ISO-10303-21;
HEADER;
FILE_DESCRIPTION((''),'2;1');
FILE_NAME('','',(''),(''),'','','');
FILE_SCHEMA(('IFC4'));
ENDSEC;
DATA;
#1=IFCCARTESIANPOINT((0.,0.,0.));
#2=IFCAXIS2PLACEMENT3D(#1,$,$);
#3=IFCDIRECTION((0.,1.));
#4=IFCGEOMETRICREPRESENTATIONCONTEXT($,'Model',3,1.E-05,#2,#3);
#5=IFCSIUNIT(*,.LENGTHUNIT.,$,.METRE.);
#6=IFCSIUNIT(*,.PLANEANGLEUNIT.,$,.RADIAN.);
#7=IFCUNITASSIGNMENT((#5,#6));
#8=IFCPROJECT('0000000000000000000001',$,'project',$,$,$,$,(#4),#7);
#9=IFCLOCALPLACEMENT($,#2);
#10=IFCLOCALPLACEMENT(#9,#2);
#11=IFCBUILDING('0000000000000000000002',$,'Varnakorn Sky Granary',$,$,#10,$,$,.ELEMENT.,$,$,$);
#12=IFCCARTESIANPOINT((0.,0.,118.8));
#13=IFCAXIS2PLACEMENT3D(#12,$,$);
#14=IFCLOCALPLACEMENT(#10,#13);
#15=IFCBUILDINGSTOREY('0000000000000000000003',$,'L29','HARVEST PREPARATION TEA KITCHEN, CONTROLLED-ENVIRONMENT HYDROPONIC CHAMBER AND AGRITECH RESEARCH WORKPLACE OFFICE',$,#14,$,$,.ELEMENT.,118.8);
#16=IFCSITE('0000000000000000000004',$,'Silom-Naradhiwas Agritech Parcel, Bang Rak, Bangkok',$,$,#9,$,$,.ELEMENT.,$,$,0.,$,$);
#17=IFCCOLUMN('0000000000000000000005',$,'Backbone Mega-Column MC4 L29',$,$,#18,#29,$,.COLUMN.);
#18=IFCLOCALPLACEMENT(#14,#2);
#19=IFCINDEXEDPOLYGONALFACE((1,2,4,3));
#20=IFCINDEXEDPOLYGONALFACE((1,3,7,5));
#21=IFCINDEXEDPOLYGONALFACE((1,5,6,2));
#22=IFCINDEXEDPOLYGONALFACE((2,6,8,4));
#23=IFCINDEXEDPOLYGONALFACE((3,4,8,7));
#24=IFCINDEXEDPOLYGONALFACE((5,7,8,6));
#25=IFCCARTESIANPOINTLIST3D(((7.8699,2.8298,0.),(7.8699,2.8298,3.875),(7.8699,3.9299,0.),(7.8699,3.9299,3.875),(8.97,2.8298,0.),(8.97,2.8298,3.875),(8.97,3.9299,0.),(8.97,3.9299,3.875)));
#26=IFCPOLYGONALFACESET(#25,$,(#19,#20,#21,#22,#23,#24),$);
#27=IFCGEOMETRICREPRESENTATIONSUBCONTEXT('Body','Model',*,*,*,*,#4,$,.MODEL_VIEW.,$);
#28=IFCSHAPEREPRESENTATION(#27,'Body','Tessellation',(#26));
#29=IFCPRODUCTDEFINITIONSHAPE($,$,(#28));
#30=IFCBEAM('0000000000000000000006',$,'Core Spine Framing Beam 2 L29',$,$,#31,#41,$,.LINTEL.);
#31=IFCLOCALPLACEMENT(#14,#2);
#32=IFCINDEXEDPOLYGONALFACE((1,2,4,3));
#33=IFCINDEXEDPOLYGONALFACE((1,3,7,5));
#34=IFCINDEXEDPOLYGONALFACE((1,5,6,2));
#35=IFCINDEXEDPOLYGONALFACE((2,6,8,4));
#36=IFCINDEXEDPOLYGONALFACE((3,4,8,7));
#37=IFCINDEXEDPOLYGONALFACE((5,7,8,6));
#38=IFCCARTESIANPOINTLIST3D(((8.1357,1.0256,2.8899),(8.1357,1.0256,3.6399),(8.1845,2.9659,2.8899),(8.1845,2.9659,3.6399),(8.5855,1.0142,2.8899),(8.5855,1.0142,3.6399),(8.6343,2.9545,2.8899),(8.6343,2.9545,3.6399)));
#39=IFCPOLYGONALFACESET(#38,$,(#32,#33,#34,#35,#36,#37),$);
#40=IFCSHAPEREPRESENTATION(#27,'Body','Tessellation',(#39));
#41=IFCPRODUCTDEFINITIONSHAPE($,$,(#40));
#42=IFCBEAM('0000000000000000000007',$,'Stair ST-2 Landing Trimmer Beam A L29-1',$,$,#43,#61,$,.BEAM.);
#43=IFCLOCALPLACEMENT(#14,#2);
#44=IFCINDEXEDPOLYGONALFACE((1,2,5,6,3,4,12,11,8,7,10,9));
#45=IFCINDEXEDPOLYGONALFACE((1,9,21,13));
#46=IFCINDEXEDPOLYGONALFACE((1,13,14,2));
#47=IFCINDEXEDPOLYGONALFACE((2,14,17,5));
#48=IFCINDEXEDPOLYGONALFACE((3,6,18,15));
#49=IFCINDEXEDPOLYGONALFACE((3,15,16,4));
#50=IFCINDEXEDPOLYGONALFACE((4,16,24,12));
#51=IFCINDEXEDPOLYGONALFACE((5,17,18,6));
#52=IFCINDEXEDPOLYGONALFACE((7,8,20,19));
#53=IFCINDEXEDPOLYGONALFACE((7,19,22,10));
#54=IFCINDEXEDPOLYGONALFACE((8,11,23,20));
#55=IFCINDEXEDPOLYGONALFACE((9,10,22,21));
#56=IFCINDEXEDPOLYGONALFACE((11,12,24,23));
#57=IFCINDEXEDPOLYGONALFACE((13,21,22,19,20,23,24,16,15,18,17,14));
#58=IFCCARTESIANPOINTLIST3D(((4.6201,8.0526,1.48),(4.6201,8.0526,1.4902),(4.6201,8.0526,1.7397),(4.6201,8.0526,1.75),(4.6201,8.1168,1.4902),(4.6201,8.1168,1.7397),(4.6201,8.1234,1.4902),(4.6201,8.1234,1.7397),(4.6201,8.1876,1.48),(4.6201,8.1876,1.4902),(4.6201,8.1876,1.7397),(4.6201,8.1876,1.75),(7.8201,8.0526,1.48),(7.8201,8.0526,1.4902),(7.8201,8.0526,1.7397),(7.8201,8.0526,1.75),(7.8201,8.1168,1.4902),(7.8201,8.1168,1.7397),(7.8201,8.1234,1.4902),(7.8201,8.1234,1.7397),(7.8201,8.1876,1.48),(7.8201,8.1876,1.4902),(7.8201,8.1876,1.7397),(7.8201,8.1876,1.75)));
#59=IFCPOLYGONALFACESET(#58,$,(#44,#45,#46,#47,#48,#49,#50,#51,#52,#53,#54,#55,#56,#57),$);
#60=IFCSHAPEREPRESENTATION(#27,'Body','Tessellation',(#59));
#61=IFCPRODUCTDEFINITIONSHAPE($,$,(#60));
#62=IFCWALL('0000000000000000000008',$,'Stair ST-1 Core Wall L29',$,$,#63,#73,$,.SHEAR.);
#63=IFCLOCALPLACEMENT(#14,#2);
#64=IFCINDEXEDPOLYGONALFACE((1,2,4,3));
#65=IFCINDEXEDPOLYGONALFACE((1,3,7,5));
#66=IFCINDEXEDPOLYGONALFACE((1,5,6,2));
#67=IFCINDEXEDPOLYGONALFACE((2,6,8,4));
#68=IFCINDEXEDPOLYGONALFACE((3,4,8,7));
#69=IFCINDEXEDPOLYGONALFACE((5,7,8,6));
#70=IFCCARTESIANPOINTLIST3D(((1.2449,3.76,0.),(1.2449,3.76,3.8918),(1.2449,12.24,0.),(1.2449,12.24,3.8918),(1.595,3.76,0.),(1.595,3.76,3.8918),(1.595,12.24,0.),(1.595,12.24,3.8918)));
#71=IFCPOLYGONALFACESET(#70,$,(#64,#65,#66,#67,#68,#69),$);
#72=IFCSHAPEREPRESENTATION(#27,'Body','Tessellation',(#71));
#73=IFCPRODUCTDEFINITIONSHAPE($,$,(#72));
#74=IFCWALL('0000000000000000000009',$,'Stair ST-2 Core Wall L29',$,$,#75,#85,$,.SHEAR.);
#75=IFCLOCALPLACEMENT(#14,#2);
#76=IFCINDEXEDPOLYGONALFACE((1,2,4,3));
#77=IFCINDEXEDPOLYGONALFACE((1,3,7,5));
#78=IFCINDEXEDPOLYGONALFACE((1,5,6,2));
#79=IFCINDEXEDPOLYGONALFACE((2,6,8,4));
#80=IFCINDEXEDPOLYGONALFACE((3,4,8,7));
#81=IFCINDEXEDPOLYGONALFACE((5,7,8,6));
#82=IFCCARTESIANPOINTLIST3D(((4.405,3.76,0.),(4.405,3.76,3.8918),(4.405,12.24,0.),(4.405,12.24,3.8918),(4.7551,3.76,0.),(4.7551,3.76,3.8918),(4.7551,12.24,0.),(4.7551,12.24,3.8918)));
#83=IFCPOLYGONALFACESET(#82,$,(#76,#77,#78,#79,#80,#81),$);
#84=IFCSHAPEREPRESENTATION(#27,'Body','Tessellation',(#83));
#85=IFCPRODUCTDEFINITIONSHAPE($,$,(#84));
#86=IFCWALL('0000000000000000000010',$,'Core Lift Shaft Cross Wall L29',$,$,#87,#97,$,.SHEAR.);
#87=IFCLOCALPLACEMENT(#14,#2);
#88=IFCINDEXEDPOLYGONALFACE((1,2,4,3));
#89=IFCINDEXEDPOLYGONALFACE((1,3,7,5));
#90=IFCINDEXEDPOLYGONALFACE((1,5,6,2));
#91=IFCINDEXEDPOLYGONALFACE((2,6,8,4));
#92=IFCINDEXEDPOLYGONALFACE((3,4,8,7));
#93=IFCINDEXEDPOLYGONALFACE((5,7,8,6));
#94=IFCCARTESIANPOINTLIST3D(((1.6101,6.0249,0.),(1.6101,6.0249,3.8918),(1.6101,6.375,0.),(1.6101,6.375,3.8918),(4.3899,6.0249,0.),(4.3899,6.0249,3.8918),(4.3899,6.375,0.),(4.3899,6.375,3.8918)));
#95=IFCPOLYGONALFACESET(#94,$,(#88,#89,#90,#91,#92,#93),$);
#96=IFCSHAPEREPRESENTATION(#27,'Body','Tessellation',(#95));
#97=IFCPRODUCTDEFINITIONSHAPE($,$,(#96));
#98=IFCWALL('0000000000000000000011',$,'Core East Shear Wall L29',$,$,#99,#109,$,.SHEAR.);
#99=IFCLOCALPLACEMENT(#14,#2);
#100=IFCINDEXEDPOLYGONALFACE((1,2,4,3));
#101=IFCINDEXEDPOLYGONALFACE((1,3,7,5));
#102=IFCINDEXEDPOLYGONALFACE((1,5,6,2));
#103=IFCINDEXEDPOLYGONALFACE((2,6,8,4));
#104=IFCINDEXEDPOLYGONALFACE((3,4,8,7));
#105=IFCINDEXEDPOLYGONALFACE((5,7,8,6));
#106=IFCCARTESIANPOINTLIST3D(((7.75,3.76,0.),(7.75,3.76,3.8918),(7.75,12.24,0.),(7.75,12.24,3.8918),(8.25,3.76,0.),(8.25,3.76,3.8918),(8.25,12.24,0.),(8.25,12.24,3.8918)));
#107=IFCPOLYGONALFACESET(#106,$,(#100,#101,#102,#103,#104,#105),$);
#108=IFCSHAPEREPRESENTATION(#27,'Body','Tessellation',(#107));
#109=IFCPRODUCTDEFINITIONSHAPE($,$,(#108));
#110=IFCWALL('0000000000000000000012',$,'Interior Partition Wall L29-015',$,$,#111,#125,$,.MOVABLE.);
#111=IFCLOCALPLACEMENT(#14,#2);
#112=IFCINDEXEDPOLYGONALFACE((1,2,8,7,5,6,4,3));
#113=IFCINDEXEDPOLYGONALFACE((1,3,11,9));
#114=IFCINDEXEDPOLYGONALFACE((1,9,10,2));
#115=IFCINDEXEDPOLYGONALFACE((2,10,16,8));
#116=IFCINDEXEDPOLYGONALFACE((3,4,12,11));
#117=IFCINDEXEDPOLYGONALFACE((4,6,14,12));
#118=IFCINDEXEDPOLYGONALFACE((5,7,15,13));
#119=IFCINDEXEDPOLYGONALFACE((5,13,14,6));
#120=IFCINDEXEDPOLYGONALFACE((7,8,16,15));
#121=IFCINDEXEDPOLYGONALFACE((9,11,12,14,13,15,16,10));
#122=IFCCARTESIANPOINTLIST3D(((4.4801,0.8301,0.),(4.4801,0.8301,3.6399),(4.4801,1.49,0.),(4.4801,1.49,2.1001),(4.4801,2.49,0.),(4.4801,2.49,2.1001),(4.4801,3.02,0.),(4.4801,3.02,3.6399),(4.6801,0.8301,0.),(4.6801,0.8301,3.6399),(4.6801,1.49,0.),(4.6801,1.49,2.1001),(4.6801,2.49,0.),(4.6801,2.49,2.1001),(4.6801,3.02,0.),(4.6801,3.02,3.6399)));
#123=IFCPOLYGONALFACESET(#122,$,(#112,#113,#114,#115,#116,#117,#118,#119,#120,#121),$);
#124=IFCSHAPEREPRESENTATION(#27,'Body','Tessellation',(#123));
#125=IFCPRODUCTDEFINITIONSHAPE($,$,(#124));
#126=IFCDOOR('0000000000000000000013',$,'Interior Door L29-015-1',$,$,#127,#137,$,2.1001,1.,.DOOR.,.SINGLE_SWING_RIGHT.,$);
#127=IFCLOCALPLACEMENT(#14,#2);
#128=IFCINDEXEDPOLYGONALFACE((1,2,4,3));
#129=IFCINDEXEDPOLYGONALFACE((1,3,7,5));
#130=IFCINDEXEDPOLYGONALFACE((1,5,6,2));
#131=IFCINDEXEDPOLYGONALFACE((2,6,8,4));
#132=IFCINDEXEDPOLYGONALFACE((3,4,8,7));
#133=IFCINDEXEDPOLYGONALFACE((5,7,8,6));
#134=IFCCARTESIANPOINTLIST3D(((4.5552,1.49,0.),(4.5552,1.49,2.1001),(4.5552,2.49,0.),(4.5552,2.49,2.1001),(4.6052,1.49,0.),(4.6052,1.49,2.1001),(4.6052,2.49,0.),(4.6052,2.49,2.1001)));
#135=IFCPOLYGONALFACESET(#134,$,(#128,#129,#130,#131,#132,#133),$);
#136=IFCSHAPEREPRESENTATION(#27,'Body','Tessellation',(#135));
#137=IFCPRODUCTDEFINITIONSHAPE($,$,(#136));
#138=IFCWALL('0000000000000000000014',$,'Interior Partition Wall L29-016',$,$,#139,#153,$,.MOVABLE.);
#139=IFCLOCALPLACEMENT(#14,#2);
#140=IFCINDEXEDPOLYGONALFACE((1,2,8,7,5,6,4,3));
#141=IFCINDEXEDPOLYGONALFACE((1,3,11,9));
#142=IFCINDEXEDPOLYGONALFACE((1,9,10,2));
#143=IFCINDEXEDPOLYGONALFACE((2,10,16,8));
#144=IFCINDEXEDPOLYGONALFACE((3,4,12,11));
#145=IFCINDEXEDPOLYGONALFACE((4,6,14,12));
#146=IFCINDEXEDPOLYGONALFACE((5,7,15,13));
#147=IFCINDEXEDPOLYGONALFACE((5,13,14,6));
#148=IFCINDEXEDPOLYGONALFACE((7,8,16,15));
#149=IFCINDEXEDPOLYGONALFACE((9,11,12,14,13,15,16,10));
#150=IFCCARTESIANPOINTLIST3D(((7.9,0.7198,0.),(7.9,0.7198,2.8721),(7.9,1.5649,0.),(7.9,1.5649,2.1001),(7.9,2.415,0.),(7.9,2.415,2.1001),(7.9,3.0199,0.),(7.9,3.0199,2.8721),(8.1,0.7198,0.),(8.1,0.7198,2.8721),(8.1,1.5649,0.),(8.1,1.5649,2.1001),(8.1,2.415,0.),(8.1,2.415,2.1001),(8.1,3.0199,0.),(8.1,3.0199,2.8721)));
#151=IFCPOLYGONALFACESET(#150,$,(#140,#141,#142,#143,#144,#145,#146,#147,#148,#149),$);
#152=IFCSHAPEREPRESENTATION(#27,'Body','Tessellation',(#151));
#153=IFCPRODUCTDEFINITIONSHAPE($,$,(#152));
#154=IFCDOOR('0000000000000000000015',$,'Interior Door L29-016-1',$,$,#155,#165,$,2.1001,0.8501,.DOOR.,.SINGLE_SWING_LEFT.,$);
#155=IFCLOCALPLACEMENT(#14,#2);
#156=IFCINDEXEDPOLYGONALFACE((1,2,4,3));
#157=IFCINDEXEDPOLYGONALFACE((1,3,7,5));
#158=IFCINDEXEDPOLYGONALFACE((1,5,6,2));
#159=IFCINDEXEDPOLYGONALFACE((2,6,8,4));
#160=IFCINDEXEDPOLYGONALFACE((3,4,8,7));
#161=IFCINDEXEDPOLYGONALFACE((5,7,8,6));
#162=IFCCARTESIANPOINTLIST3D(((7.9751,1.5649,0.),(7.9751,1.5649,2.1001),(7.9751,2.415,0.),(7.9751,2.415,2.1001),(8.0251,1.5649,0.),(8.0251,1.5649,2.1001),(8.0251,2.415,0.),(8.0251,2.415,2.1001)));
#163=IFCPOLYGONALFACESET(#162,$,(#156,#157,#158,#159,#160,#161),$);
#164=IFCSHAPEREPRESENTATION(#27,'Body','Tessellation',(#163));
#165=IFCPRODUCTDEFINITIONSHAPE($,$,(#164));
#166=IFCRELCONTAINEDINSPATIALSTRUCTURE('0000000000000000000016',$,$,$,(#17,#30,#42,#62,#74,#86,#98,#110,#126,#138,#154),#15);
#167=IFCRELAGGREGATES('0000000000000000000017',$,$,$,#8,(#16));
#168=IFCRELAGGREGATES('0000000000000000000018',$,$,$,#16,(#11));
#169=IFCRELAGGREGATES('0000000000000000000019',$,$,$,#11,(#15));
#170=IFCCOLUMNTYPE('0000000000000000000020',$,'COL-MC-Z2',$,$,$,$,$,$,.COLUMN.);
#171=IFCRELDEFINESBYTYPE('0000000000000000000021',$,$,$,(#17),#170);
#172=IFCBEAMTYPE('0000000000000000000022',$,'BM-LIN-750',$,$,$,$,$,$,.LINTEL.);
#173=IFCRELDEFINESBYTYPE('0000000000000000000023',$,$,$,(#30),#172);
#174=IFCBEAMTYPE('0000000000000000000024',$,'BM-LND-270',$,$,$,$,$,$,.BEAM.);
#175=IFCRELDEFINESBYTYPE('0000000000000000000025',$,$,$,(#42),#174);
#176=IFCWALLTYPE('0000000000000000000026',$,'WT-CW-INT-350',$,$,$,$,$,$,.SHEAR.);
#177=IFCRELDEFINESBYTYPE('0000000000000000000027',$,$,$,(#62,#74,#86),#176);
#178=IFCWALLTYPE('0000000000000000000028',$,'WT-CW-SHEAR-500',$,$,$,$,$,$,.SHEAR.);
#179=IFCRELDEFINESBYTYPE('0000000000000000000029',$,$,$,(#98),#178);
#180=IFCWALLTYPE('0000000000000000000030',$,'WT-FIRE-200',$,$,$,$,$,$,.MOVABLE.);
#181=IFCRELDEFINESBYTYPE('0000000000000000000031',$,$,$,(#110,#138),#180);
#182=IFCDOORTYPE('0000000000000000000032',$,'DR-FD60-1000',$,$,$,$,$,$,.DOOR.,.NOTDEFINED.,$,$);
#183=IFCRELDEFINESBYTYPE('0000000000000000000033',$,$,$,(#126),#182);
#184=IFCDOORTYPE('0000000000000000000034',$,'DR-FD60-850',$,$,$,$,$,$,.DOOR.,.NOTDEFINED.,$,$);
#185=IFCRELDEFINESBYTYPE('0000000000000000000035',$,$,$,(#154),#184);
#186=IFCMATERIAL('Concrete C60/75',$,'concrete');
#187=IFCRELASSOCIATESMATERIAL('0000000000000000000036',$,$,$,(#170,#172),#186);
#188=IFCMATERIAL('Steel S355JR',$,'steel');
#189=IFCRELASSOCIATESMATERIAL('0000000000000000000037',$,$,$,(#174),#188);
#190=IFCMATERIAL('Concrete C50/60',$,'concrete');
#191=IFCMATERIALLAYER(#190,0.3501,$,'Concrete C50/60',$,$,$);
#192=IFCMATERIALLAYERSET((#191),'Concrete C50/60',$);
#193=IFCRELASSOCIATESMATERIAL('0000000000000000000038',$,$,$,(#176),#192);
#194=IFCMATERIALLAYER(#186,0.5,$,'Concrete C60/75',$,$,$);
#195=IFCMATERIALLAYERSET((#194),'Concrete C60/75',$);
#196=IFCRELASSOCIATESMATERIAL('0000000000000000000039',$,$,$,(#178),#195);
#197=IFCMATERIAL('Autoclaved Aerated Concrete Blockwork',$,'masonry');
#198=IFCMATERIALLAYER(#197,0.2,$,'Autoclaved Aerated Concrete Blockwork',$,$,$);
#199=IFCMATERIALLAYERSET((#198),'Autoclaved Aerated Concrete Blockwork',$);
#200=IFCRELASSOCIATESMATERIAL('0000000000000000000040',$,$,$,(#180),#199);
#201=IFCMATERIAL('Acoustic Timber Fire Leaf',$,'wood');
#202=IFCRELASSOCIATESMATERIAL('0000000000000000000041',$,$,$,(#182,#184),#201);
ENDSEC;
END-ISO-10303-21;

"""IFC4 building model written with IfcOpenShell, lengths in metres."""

from ifc_helpers import new_model, si_unit, direction, frame, frame_2d, origin, origin_2d, place, context, subcontext, project, spatial, rectangle, i_section, extrude, material, layer, layer_set, material_profile, profile_set, type_object, element, fill, save


model = new_model("IFC4")

# Units and contexts
model_context = context("Model", 3, precision=1e-05, world=origin(), true_north=direction((0.0, 1.0)))
body_context = subcontext(model_context, "Body", "Model", "MODEL_VIEW")
ifc_project = project(units=[si_unit("LENGTHUNIT", "METRE"), si_unit("PLANEANGLEUNIT", "RADIAN")], contexts=[model_context])

# Site, building, storey
site_placement = place(None, origin())
site = spatial("IfcSite", under=ifc_project, at=site_placement, Name="Silom-Naradhiwas Agritech Parcel, Bang Rak, Bangkok", CompositionType="ELEMENT", RefElevation=0.0)
building_placement = place(site_placement, origin())
building = spatial("IfcBuilding", under=site, at=building_placement, Name="Varnakorn Sky Granary", CompositionType="ELEMENT")
storey_placement = place(building_placement, frame((0.0, 0.0, 118.8)))
storey = spatial("IfcBuildingStorey", under=building, at=storey_placement, Name="L29", Description="HARVEST PREPARATION TEA KITCHEN, CONTROLLED-ENVIRONMENT HYDROPONIC CHAMBER AND AGRITECH RESEARCH WORKPLACE OFFICE", CompositionType="ELEMENT", Elevation=118.8)

# Column
ifc_material_1 = material(Name="Concrete C60/75", Category="concrete")
ifc_material_profile_1 = material_profile(ifc_material_1, rectangle(XDim=1.1001, YDim=1.1001, at=origin_2d()), Name="RC 1100x1100")
ifc_profile_set_1 = profile_set([ifc_material_profile_1], Name="Concrete C60/75")
column_type = type_object("IfcColumnType", Name="COL-MC-Z2", PredefinedType="COLUMN", material=ifc_profile_set_1)
column_placement = place(storey_placement, frame((8.4199, 3.3799, 0.0), z_axis=(0.0, 0.0, 1.0), x_axis=(1.0, 0.0, 0.0)))
element("IfcColumn", 1, at=column_placement, inside=storey, type_object=column_type, Name="Backbone Mega-Column MC4 L29", PredefinedType="COLUMN", context=body_context, shape_type="SweptSolid", body=[
    extrude(rectangle(XDim=1.1001, YDim=1.1001, at=origin_2d()), origin(), (0.0, 0.0, 1.0), 3.875),
])

# Beams
ifc_material_profile_2 = material_profile(ifc_material_1, rectangle(XDim=0.45, YDim=0.75, at=origin_2d()), Name="RC 450x750")
ifc_profile_set_2 = profile_set([ifc_material_profile_2], Name="Concrete C60/75")
beam_type_1 = type_object("IfcBeamType", Name="BM-LIN-750", PredefinedType="LINTEL", material=ifc_profile_set_2)
beam_1_placement = place(storey_placement, frame((8.4094, 2.9602, 3.2649), z_axis=(-0.025159, -0.999683, 0.0), x_axis=(0.999683, -0.025159, 0.0)))
element("IfcBeam", 2, at=beam_1_placement, inside=storey, type_object=beam_type_1, Name="Core Spine Framing Beam 2 L29", PredefinedType="LINTEL", context=body_context, shape_type="SweptSolid", body=[
    extrude(rectangle(XDim=0.45, YDim=0.75, at=origin_2d()), origin(), (0.0, 0.0, 1.0), 1.9409),
])
ifc_material_2 = material(Name="Steel S355JR", Category="steel")
ifc_material_profile_3 = material_profile(ifc_material_2, i_section(OverallWidth=0.135, OverallDepth=0.27, WebThickness=0.0066, FlangeThickness=0.0103, at=origin_2d()), Name="IPE 270")
ifc_profile_set_3 = profile_set([ifc_material_profile_3], Name="Steel S355JR")
beam_type_2 = type_object("IfcBeamType", Name="BM-LND-270", PredefinedType="BEAM", material=ifc_profile_set_3)
beam_2_placement = place(storey_placement, frame((4.6201, 8.1201, 1.615), z_axis=(1.0, 0.0, 0.0), x_axis=(0.0, 1.0, 0.0)))
element("IfcBeam", 3, at=beam_2_placement, inside=storey, type_object=beam_type_2, Name="Stair ST-2 Landing Trimmer Beam A L29-1", PredefinedType="BEAM", context=body_context, shape_type="SweptSolid", body=[
    extrude(i_section(OverallWidth=0.135, OverallDepth=0.27, WebThickness=0.0066, FlangeThickness=0.0103, at=origin_2d()), origin(), (0.0, 0.0, 1.0), 3.2),
])

# Walls
ifc_material_3 = material(Name="Concrete C50/60", Category="concrete")
ifc_layer_1 = layer(ifc_material_3, 0.3501, Name="Concrete C50/60")
ifc_layer_set_1 = layer_set([ifc_layer_1], Name="Concrete C50/60")
wall_type_1 = type_object("IfcWallType", Name="WT-CW-INT-350", PredefinedType="SHEAR", material=ifc_layer_set_1)
for number, where, z_axis, x_axis, name in (
    (4, (1.4199, 3.76, 0.0), (0.0, 0.0, 1.0), (0.0, 1.0, 0.0), "Stair ST-1 Core Wall L29"),
    (5, (4.5801, 3.76, 0.0), (0.0, 0.0, 1.0), (0.0, 1.0, 0.0), "Stair ST-2 Core Wall L29"),
):
    element("IfcWall", number, at=place(storey_placement, frame(where, z_axis=z_axis, x_axis=x_axis)), inside=storey, type_object=wall_type_1, Name=name, PredefinedType="SHEAR", context=body_context, shape_type="SweptSolid", body=[
        extrude(rectangle(XDim=8.48, YDim=0.3501, at=frame_2d((4.24, 0.0))), origin(), (0.0, 0.0, 1.0), 3.8918),
    ])
wall_1_placement = place(storey_placement, frame((1.6101, 6.2, 0.0), z_axis=(0.0, 0.0, 1.0), x_axis=(1.0, 0.0, 0.0)))
element("IfcWall", 6, at=wall_1_placement, inside=storey, type_object=wall_type_1, Name="Core Lift Shaft Cross Wall L29", PredefinedType="SHEAR", context=body_context, shape_type="SweptSolid", body=[
    extrude(rectangle(XDim=2.7798, YDim=0.3501, at=frame_2d((1.3899, 0.0))), origin(), (0.0, 0.0, 1.0), 3.8918),
])
ifc_layer_2 = layer(ifc_material_1, 0.5, Name="Concrete C60/75")
ifc_layer_set_2 = layer_set([ifc_layer_2], Name="Concrete C60/75")
wall_type_2 = type_object("IfcWallType", Name="WT-CW-SHEAR-500", PredefinedType="SHEAR", material=ifc_layer_set_2)
wall_2_placement = place(storey_placement, frame((8.0, 3.76, 0.0), z_axis=(0.0, 0.0, 1.0), x_axis=(0.0, 1.0, 0.0)))
element("IfcWall", 7, at=wall_2_placement, inside=storey, type_object=wall_type_2, Name="Core East Shear Wall L29", PredefinedType="SHEAR", context=body_context, shape_type="SweptSolid", body=[
    extrude(rectangle(XDim=8.48, YDim=0.5, at=frame_2d((4.24, 0.0))), origin(), (0.0, 0.0, 1.0), 3.8918),
])

# Walls, openings, doors
ifc_material_4 = material(Name="Autoclaved Aerated Concrete Blockwork", Category="masonry")
ifc_layer_3 = layer(ifc_material_4, 0.2, Name="Autoclaved Aerated Concrete Blockwork")
ifc_layer_set_3 = layer_set([ifc_layer_3], Name="Autoclaved Aerated Concrete Blockwork")
wall_type_3 = type_object("IfcWallType", Name="WT-FIRE-200", PredefinedType="MOVABLE", material=ifc_layer_set_3)
wall_3_placement = place(storey_placement, frame((4.5801, 0.8301, 0.0), z_axis=(0.0, 0.0, 1.0), x_axis=(0.0, 1.0, 0.0)))
wall_3 = element("IfcWall", 8, at=wall_3_placement, inside=storey, type_object=wall_type_3, Name="Interior Partition Wall L29-015", PredefinedType="MOVABLE", context=body_context, shape_type="SweptSolid", body=[
    extrude(rectangle(XDim=2.1899, YDim=0.2, at=frame_2d((1.095, 0.0))), origin(), (0.0, 0.0, 1.0), 3.6399),
])
opening_1_placement = place(wall_3_placement, frame((0.6599, 0.0, 0.0)))
opening_1 = element("IfcOpeningElement", 9, at=opening_1_placement, cuts=wall_3, PredefinedType="OPENING", context=body_context, shape_type="SweptSolid", body=[
    extrude(rectangle(XDim=1.0, YDim=2.1001, at=frame_2d((0.5, 1.05))), frame((0.0, 0.1099, 0.0), z_axis=(0.0, -1.0, 0.0), x_axis=(1.0, 0.0, 0.0)), (0.0, 0.0, 1.0), 0.22),
])
ifc_material_5 = material(Name="Acoustic Timber Fire Leaf", Category="wood")
door_type_1 = type_object("IfcDoorType", Name="DR-FD60-1000", OperationType="NOTDEFINED", PredefinedType="DOOR", material=ifc_material_5)
door_1_placement = place(opening_1_placement, origin())
door_1 = element("IfcDoor", 10, at=door_1_placement, inside=storey, type_object=door_type_1, Name="Interior Door L29-015-1", OperationType="SINGLE_SWING_RIGHT", OverallHeight=2.1001, OverallWidth=1.0, PredefinedType="DOOR", context=body_context, shape_type="SweptSolid", body=[
    extrude(rectangle(XDim=1.0, YDim=2.1001, at=frame_2d((0.5, 1.05))), frame((0.0, 0.0249, 0.0), z_axis=(0.0, -1.0, 0.0), x_axis=(1.0, 0.0, 0.0)), (0.0, 0.0, 1.0), 0.05),
])
fill(opening_1, door_1)
wall_4_placement = place(storey_placement, frame((8.0, 0.72, 0.0), z_axis=(0.0, 0.0, 1.0), x_axis=(0.0, 1.0, 0.0)))
wall_4 = element("IfcWall", 11, at=wall_4_placement, inside=storey, type_object=wall_type_3, Name="Interior Partition Wall L29-016", PredefinedType="MOVABLE", context=body_context, shape_type="SweptSolid", body=[
    extrude(rectangle(XDim=2.3, YDim=0.2, at=frame_2d((1.1499, 0.0))), origin(), (0.0, 0.0, 1.0), 2.8721),
])
opening_2_placement = place(wall_4_placement, frame((0.845, 0.0, 0.0)))
opening_2 = element("IfcOpeningElement", 12, at=opening_2_placement, cuts=wall_4, PredefinedType="OPENING", context=body_context, shape_type="SweptSolid", body=[
    extrude(rectangle(XDim=0.8501, YDim=2.1001, at=frame_2d((0.425, 1.05))), frame((0.0, 0.1099, 0.0), z_axis=(0.0, -1.0, 0.0), x_axis=(1.0, 0.0, 0.0)), (0.0, 0.0, 1.0), 0.22),
])
door_type_2 = type_object("IfcDoorType", Name="DR-FD60-850", OperationType="NOTDEFINED", PredefinedType="DOOR", material=ifc_material_5)
door_2_placement = place(opening_2_placement, origin())
door_2 = element("IfcDoor", 13, at=door_2_placement, inside=storey, type_object=door_type_2, Name="Interior Door L29-016-1", OperationType="SINGLE_SWING_LEFT", OverallHeight=2.1001, OverallWidth=0.8501, PredefinedType="DOOR", context=body_context, shape_type="SweptSolid", body=[
    extrude(rectangle(XDim=0.8501, YDim=2.1001, at=frame_2d((0.425, 1.05))), frame((0.0, 0.0249, 0.0), z_axis=(0.0, -1.0, 0.0), x_axis=(1.0, 0.0, 0.0)), (0.0, 0.0, 1.0), 0.05),
])
fill(opening_2, door_2)

save(model, "model.ifc")
